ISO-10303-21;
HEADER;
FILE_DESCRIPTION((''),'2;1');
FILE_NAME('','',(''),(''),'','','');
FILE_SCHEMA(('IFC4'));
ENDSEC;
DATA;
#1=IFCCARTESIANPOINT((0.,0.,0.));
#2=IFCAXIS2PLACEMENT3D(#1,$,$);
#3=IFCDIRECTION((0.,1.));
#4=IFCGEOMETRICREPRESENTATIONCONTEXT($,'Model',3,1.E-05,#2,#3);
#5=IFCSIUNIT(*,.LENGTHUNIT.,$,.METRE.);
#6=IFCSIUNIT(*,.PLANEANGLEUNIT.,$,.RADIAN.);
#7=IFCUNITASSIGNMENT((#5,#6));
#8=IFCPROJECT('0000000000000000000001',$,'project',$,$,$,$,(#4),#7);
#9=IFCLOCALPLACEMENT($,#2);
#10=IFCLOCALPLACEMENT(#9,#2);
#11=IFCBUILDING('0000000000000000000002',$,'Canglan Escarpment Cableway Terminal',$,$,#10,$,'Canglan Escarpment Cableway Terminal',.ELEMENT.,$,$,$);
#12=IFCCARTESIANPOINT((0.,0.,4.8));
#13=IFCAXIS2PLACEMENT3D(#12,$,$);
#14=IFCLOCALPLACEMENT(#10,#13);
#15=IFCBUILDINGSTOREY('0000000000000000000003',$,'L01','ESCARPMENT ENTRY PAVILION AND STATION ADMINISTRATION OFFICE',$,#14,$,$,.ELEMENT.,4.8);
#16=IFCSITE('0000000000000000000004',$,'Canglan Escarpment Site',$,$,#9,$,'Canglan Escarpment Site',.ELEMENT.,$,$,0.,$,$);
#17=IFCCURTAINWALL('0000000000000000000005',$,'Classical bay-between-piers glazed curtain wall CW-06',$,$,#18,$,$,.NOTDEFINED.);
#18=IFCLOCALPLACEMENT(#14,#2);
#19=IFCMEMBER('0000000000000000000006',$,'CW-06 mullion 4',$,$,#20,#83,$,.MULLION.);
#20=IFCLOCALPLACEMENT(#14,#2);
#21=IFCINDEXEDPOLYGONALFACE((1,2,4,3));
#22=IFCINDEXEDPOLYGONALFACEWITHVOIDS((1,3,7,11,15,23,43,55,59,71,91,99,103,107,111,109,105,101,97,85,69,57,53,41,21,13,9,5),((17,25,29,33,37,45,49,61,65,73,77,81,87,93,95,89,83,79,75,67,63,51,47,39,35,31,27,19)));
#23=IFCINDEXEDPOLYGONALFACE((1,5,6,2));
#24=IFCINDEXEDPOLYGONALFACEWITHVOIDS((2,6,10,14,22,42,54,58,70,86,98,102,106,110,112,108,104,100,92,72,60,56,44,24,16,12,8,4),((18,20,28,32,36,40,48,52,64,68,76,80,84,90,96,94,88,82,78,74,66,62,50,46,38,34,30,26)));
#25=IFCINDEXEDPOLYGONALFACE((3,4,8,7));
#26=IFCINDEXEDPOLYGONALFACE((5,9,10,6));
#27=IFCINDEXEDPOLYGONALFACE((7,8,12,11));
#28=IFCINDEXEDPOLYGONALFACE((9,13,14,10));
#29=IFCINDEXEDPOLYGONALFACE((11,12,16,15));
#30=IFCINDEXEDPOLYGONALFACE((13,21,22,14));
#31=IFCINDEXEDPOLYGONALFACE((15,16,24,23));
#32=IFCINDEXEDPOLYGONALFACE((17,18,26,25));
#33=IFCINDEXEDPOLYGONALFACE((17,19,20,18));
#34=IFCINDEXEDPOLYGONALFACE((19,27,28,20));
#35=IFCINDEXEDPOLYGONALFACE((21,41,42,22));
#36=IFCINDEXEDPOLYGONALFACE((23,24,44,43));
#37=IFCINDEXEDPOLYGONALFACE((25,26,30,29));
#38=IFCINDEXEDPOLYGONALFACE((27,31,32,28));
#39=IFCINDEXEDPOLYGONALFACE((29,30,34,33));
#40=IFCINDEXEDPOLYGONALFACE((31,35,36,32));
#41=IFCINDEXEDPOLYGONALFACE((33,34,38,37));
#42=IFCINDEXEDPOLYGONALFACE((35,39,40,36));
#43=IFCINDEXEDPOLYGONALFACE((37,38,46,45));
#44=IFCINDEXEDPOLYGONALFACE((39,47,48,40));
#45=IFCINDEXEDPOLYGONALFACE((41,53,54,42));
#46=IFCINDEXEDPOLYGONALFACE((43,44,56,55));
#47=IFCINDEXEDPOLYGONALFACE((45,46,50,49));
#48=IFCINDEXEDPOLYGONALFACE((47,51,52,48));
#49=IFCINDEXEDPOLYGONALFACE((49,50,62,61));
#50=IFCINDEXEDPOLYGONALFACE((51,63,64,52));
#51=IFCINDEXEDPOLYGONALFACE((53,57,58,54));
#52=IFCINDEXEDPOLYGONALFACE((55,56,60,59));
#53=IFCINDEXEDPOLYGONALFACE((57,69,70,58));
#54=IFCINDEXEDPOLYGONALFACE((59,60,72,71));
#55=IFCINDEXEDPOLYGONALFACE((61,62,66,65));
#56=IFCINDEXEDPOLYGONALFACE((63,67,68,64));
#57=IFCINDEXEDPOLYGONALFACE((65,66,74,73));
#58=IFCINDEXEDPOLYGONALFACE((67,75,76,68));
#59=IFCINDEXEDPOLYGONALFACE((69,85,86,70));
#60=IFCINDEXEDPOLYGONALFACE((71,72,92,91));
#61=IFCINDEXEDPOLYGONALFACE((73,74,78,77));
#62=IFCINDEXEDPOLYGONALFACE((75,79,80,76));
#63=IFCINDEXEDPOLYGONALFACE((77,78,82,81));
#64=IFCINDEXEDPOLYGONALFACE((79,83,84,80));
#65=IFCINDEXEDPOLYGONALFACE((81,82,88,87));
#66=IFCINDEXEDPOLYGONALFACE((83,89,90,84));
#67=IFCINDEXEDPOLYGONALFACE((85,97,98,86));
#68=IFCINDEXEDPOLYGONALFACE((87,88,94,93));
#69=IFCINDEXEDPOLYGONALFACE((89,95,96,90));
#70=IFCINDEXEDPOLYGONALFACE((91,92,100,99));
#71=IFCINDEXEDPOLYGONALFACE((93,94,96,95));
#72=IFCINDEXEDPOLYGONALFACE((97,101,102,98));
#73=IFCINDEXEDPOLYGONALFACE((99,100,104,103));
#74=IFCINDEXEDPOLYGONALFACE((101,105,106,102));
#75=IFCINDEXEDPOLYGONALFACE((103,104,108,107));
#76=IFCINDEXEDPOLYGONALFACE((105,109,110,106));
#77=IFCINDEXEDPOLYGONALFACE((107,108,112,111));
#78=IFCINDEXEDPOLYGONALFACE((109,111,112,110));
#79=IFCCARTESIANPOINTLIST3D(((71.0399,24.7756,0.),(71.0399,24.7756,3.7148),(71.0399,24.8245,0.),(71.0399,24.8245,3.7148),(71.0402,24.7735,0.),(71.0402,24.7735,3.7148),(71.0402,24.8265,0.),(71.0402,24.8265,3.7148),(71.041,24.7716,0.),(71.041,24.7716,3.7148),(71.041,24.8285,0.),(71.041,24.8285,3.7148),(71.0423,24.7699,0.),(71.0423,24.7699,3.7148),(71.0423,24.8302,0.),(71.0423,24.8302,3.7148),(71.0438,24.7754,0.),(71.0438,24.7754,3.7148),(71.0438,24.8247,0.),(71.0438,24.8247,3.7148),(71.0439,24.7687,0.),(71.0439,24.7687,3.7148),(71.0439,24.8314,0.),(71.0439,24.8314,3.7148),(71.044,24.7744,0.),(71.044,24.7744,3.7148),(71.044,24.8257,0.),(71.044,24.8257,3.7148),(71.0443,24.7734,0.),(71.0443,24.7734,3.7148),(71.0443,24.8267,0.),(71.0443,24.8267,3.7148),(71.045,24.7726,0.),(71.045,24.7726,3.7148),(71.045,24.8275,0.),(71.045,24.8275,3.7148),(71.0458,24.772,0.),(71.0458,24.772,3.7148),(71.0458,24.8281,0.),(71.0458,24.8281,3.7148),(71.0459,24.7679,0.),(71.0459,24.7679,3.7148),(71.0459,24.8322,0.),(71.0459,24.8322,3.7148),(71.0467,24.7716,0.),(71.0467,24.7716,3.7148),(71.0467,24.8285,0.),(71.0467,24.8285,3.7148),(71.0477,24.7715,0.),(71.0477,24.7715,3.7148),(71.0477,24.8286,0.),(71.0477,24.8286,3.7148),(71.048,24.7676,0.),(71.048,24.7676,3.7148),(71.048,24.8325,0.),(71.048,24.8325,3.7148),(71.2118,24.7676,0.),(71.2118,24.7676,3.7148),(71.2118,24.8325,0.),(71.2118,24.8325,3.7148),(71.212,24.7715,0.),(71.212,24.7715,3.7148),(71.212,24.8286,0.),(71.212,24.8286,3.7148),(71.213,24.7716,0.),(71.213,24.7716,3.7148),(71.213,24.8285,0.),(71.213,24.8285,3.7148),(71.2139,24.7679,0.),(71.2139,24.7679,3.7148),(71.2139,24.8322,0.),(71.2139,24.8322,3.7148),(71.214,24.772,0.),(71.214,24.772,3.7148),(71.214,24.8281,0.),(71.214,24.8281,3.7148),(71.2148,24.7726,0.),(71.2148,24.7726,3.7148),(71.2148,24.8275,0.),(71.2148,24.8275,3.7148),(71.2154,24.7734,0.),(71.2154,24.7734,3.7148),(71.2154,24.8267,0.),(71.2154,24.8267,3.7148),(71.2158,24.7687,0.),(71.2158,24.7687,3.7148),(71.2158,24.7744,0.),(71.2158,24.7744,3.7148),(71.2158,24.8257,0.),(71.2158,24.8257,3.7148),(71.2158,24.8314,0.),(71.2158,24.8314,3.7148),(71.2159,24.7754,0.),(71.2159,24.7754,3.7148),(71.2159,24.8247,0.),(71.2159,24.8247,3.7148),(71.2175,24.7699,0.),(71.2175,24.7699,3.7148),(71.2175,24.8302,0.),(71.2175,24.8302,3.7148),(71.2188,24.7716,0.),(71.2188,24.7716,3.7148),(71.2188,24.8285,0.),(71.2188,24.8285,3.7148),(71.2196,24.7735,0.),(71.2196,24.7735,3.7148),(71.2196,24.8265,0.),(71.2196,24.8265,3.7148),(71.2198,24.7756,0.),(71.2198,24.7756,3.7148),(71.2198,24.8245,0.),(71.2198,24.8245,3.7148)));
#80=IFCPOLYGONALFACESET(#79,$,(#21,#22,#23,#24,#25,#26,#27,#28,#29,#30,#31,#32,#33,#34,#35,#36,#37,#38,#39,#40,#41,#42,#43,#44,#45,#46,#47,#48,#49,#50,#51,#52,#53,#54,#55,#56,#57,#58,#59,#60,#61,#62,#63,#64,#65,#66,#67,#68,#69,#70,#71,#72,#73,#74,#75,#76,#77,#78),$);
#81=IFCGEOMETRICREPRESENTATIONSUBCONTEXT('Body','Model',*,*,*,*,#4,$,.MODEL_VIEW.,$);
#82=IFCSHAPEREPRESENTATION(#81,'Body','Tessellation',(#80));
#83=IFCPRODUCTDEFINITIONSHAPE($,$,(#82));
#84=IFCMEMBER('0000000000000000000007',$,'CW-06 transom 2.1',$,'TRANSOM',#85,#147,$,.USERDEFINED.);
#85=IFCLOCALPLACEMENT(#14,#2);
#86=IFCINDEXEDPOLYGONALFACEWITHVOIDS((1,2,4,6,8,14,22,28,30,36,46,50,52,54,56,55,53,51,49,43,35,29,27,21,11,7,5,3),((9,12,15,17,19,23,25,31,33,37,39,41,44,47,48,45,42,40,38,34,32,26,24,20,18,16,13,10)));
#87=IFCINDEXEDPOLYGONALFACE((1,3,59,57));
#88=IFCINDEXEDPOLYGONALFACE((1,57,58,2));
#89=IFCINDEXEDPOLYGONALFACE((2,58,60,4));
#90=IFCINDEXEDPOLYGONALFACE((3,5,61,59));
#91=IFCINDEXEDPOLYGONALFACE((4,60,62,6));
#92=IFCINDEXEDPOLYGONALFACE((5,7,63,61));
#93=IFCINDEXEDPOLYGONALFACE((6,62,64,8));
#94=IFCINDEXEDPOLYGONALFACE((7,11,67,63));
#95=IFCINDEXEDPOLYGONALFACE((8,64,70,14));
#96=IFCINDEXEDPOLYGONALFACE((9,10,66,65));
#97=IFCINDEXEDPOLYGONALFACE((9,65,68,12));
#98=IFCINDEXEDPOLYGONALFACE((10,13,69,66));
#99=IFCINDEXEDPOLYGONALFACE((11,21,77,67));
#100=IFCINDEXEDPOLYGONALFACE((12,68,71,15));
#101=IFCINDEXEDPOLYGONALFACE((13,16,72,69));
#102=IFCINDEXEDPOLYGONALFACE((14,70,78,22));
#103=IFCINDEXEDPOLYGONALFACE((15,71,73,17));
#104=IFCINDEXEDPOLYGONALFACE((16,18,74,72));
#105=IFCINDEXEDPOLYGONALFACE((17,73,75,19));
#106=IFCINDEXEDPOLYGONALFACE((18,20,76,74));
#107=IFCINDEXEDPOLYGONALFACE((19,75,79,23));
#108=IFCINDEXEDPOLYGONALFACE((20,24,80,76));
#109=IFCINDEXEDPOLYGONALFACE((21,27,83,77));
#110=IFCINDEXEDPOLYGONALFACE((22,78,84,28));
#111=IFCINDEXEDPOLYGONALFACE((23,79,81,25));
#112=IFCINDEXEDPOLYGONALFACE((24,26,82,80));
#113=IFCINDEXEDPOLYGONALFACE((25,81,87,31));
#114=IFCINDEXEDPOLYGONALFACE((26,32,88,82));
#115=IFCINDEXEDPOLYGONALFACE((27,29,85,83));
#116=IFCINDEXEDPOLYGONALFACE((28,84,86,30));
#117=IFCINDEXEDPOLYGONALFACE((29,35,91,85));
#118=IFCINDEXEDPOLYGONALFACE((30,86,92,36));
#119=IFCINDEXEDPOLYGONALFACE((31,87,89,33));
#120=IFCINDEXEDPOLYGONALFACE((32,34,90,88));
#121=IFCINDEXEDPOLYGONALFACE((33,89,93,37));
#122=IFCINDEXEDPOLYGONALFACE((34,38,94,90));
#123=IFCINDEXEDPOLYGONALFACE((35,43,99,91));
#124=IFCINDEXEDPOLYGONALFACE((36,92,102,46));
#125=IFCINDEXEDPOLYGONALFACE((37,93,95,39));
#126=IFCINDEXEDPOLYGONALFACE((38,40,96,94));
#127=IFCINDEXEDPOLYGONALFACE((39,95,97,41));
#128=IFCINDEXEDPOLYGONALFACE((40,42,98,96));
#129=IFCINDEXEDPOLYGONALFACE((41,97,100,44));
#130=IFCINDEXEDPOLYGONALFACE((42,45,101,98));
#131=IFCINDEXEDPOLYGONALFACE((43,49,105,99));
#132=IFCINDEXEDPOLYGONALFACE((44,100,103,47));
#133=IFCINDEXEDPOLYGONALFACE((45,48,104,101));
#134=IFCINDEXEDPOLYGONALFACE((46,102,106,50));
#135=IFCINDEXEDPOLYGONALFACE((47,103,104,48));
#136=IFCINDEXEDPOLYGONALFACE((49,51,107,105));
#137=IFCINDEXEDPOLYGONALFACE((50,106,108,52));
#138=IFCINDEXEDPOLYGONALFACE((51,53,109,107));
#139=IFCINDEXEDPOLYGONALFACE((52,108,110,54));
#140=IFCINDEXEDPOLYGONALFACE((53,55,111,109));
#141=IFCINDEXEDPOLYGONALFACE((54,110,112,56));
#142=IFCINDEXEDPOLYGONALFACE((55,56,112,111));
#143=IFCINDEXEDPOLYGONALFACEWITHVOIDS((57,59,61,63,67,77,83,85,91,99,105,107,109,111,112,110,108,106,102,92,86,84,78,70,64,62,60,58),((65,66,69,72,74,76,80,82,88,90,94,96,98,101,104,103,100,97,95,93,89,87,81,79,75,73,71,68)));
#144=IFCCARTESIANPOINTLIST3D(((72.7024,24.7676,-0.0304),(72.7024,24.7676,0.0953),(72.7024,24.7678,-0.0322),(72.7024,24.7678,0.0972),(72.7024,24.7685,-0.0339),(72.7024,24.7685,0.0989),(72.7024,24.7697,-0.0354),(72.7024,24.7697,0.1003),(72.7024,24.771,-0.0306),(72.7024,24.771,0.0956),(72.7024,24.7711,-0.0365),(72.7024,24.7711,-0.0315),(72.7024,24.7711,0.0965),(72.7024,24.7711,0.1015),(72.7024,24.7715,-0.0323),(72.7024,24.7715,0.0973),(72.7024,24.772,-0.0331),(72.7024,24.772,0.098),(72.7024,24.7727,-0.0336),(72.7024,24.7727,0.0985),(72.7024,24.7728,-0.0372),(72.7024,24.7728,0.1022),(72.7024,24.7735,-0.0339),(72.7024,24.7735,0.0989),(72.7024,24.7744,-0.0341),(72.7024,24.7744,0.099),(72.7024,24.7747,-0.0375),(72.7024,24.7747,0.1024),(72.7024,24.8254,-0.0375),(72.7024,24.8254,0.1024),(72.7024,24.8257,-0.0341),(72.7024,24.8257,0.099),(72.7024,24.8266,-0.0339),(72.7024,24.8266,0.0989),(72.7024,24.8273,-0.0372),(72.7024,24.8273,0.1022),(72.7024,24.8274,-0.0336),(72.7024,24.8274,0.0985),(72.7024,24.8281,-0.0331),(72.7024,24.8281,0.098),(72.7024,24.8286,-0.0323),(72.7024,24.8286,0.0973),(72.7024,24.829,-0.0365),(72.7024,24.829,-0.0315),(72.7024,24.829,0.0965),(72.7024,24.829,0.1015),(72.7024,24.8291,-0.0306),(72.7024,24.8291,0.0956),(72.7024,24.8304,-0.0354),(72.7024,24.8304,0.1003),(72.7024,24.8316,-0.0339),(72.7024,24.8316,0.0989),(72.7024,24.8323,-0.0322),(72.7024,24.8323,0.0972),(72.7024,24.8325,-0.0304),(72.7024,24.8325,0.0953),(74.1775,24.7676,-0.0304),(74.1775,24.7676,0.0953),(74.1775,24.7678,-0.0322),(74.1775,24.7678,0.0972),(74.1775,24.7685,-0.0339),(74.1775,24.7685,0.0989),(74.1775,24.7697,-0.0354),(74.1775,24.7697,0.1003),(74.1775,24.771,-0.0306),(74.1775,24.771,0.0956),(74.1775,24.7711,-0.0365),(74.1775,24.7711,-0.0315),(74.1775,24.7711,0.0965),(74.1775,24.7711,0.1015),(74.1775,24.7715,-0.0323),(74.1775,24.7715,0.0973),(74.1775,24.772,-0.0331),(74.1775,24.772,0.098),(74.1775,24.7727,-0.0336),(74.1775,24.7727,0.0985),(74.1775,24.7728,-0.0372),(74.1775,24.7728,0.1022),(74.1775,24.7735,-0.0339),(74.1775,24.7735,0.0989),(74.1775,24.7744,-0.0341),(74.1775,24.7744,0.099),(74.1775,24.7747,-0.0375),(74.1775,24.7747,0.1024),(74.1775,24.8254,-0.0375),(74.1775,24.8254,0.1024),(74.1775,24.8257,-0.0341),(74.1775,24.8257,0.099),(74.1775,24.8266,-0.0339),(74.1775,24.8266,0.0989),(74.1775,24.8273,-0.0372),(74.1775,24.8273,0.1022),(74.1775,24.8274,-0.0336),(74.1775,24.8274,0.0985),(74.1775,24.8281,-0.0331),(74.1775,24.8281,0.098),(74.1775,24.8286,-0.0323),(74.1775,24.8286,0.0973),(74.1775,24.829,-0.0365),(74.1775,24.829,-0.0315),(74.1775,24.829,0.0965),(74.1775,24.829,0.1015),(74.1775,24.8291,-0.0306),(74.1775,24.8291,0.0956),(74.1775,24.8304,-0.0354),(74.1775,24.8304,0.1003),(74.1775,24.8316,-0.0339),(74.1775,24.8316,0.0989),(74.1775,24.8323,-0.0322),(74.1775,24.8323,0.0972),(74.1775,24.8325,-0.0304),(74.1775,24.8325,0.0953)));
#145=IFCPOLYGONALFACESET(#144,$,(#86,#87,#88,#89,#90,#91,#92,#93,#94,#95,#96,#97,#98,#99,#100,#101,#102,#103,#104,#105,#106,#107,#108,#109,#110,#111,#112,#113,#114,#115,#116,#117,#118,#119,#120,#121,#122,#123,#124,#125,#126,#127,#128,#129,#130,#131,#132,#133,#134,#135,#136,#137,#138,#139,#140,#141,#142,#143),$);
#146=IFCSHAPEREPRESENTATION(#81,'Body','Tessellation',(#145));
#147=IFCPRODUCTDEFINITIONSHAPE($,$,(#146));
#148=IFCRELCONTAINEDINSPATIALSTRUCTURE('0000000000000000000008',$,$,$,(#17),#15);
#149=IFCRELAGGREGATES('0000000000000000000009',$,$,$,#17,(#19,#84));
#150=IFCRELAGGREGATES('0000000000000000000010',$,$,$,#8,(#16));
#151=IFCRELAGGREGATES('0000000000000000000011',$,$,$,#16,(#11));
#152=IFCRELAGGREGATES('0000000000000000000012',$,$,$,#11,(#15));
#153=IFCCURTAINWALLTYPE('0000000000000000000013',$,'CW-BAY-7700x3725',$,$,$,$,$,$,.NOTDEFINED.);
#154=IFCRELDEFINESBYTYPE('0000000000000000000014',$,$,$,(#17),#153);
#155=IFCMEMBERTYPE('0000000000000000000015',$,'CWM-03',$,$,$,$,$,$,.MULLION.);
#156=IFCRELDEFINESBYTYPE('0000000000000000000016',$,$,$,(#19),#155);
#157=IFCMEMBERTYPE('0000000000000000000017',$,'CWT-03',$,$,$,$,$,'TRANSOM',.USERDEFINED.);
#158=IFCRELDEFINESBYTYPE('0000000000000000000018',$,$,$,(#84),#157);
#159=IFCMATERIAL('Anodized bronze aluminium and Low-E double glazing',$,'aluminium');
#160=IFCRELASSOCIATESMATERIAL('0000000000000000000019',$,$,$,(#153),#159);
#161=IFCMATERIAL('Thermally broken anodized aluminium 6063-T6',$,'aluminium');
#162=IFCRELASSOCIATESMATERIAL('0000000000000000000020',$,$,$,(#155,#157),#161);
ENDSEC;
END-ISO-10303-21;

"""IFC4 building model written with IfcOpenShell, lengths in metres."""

from ifc_helpers import new_model, si_unit, direction, frame, origin, origin_2d, place, context, subcontext, project, spatial, hollow_rectangle, extrude, material, material_profile, profile_set, type_object, element, aggregate, save


model = new_model("IFC4")

# Units and contexts
model_context = context("Model", 3, precision=1e-05, world=origin(), true_north=direction((0.0, 1.0)))
body_context = subcontext(model_context, "Body", "Model", "MODEL_VIEW")
ifc_project = project(units=[si_unit("LENGTHUNIT", "METRE"), si_unit("PLANEANGLEUNIT", "RADIAN")], contexts=[model_context])

# Site, building, storey
site_placement = place(None, origin())
site = spatial("IfcSite", under=ifc_project, at=site_placement, Name="Canglan Escarpment Site", LongName="Canglan Escarpment Site", CompositionType="ELEMENT", RefElevation=0.0)
building_placement = place(site_placement, origin())
building = spatial("IfcBuilding", under=site, at=building_placement, Name="Canglan Escarpment Cableway Terminal", LongName="Canglan Escarpment Cableway Terminal", CompositionType="ELEMENT")
storey_placement = place(building_placement, frame((0.0, 0.0, 4.8)))
storey = spatial("IfcBuildingStorey", under=building, at=storey_placement, Name="L01", Description="ESCARPMENT ENTRY PAVILION AND STATION ADMINISTRATION OFFICE", CompositionType="ELEMENT", Elevation=4.8)

# Curtain wall, members
ifc_material_1 = material(Name="Anodized bronze aluminium and Low-E double glazing", Category="aluminium")
curtain_wall_type = type_object("IfcCurtainWallType", Name="CW-BAY-7700x3725", PredefinedType="NOTDEFINED", material=ifc_material_1)
curtain_wall_placement = place(storey_placement, origin())
curtain_wall = element("IfcCurtainWall", 1, at=curtain_wall_placement, inside=storey, type_object=curtain_wall_type, Name="Classical bay-between-piers glazed curtain wall CW-06", PredefinedType="NOTDEFINED")
ifc_material_2 = material(Name="Thermally broken anodized aluminium 6063-T6", Category="aluminium")
ifc_material_profile_1 = material_profile(ifc_material_2, hollow_rectangle(XDim=0.0649, YDim=0.1799, WallThickness=0.0039, InnerFilletRadius=0.0039, OuterFilletRadius=0.0081, at=origin_2d()), Name="ALU-MULL 65x180x4")
ifc_profile_set_1 = profile_set([ifc_material_profile_1], Name="Thermally broken anodized aluminium 6063-T6")
member_type_1 = type_object("IfcMemberType", Name="CWM-03", PredefinedType="MULLION", material=ifc_profile_set_1)
member_1_placement = place(storey_placement, frame((71.1299, 24.8, 0.0), z_axis=(0.0, 0.0, 1.0), x_axis=(0.0, -1.0, 0.0)))
member_1 = element("IfcMember", 2, at=member_1_placement, type_object=member_type_1, Name="CW-06 mullion 4", PredefinedType="MULLION", context=body_context, shape_type="SweptSolid", body=[
    extrude(hollow_rectangle(XDim=0.0649, YDim=0.1799, WallThickness=0.0039, InnerFilletRadius=0.0039, OuterFilletRadius=0.0081, at=origin_2d()), origin(), (0.0, 0.0, 1.0), 3.7148),
])
ifc_material_profile_2 = material_profile(ifc_material_2, hollow_rectangle(XDim=0.0649, YDim=0.1399, WallThickness=0.0034, InnerFilletRadius=0.0034, OuterFilletRadius=0.0071, at=origin_2d()), Name="ALU-TRAN 65x140x3.5")
ifc_profile_set_2 = profile_set([ifc_material_profile_2], Name="Thermally broken anodized aluminium 6063-T6")
member_type_2 = type_object("IfcMemberType", Name="CWT-03", ElementType="TRANSOM", PredefinedType="USERDEFINED", material=ifc_profile_set_2)
member_2_placement = place(storey_placement, frame((74.1775, 24.8, 0.0325), z_axis=(-1.0, 0.0, 0.0), x_axis=(0.0, -1.0, 0.0)))
member_2 = element("IfcMember", 3, at=member_2_placement, type_object=member_type_2, Name="CW-06 transom 2.1", ObjectType="TRANSOM", PredefinedType="USERDEFINED", context=body_context, shape_type="SweptSolid", body=[
    extrude(hollow_rectangle(XDim=0.0649, YDim=0.1399, WallThickness=0.0034, InnerFilletRadius=0.0034, OuterFilletRadius=0.0071, at=origin_2d()), origin(), (0.0, 0.0, 1.0), 1.4751),
])
aggregate(curtain_wall, [member_1, member_2])

save(model, "model.ifc")
